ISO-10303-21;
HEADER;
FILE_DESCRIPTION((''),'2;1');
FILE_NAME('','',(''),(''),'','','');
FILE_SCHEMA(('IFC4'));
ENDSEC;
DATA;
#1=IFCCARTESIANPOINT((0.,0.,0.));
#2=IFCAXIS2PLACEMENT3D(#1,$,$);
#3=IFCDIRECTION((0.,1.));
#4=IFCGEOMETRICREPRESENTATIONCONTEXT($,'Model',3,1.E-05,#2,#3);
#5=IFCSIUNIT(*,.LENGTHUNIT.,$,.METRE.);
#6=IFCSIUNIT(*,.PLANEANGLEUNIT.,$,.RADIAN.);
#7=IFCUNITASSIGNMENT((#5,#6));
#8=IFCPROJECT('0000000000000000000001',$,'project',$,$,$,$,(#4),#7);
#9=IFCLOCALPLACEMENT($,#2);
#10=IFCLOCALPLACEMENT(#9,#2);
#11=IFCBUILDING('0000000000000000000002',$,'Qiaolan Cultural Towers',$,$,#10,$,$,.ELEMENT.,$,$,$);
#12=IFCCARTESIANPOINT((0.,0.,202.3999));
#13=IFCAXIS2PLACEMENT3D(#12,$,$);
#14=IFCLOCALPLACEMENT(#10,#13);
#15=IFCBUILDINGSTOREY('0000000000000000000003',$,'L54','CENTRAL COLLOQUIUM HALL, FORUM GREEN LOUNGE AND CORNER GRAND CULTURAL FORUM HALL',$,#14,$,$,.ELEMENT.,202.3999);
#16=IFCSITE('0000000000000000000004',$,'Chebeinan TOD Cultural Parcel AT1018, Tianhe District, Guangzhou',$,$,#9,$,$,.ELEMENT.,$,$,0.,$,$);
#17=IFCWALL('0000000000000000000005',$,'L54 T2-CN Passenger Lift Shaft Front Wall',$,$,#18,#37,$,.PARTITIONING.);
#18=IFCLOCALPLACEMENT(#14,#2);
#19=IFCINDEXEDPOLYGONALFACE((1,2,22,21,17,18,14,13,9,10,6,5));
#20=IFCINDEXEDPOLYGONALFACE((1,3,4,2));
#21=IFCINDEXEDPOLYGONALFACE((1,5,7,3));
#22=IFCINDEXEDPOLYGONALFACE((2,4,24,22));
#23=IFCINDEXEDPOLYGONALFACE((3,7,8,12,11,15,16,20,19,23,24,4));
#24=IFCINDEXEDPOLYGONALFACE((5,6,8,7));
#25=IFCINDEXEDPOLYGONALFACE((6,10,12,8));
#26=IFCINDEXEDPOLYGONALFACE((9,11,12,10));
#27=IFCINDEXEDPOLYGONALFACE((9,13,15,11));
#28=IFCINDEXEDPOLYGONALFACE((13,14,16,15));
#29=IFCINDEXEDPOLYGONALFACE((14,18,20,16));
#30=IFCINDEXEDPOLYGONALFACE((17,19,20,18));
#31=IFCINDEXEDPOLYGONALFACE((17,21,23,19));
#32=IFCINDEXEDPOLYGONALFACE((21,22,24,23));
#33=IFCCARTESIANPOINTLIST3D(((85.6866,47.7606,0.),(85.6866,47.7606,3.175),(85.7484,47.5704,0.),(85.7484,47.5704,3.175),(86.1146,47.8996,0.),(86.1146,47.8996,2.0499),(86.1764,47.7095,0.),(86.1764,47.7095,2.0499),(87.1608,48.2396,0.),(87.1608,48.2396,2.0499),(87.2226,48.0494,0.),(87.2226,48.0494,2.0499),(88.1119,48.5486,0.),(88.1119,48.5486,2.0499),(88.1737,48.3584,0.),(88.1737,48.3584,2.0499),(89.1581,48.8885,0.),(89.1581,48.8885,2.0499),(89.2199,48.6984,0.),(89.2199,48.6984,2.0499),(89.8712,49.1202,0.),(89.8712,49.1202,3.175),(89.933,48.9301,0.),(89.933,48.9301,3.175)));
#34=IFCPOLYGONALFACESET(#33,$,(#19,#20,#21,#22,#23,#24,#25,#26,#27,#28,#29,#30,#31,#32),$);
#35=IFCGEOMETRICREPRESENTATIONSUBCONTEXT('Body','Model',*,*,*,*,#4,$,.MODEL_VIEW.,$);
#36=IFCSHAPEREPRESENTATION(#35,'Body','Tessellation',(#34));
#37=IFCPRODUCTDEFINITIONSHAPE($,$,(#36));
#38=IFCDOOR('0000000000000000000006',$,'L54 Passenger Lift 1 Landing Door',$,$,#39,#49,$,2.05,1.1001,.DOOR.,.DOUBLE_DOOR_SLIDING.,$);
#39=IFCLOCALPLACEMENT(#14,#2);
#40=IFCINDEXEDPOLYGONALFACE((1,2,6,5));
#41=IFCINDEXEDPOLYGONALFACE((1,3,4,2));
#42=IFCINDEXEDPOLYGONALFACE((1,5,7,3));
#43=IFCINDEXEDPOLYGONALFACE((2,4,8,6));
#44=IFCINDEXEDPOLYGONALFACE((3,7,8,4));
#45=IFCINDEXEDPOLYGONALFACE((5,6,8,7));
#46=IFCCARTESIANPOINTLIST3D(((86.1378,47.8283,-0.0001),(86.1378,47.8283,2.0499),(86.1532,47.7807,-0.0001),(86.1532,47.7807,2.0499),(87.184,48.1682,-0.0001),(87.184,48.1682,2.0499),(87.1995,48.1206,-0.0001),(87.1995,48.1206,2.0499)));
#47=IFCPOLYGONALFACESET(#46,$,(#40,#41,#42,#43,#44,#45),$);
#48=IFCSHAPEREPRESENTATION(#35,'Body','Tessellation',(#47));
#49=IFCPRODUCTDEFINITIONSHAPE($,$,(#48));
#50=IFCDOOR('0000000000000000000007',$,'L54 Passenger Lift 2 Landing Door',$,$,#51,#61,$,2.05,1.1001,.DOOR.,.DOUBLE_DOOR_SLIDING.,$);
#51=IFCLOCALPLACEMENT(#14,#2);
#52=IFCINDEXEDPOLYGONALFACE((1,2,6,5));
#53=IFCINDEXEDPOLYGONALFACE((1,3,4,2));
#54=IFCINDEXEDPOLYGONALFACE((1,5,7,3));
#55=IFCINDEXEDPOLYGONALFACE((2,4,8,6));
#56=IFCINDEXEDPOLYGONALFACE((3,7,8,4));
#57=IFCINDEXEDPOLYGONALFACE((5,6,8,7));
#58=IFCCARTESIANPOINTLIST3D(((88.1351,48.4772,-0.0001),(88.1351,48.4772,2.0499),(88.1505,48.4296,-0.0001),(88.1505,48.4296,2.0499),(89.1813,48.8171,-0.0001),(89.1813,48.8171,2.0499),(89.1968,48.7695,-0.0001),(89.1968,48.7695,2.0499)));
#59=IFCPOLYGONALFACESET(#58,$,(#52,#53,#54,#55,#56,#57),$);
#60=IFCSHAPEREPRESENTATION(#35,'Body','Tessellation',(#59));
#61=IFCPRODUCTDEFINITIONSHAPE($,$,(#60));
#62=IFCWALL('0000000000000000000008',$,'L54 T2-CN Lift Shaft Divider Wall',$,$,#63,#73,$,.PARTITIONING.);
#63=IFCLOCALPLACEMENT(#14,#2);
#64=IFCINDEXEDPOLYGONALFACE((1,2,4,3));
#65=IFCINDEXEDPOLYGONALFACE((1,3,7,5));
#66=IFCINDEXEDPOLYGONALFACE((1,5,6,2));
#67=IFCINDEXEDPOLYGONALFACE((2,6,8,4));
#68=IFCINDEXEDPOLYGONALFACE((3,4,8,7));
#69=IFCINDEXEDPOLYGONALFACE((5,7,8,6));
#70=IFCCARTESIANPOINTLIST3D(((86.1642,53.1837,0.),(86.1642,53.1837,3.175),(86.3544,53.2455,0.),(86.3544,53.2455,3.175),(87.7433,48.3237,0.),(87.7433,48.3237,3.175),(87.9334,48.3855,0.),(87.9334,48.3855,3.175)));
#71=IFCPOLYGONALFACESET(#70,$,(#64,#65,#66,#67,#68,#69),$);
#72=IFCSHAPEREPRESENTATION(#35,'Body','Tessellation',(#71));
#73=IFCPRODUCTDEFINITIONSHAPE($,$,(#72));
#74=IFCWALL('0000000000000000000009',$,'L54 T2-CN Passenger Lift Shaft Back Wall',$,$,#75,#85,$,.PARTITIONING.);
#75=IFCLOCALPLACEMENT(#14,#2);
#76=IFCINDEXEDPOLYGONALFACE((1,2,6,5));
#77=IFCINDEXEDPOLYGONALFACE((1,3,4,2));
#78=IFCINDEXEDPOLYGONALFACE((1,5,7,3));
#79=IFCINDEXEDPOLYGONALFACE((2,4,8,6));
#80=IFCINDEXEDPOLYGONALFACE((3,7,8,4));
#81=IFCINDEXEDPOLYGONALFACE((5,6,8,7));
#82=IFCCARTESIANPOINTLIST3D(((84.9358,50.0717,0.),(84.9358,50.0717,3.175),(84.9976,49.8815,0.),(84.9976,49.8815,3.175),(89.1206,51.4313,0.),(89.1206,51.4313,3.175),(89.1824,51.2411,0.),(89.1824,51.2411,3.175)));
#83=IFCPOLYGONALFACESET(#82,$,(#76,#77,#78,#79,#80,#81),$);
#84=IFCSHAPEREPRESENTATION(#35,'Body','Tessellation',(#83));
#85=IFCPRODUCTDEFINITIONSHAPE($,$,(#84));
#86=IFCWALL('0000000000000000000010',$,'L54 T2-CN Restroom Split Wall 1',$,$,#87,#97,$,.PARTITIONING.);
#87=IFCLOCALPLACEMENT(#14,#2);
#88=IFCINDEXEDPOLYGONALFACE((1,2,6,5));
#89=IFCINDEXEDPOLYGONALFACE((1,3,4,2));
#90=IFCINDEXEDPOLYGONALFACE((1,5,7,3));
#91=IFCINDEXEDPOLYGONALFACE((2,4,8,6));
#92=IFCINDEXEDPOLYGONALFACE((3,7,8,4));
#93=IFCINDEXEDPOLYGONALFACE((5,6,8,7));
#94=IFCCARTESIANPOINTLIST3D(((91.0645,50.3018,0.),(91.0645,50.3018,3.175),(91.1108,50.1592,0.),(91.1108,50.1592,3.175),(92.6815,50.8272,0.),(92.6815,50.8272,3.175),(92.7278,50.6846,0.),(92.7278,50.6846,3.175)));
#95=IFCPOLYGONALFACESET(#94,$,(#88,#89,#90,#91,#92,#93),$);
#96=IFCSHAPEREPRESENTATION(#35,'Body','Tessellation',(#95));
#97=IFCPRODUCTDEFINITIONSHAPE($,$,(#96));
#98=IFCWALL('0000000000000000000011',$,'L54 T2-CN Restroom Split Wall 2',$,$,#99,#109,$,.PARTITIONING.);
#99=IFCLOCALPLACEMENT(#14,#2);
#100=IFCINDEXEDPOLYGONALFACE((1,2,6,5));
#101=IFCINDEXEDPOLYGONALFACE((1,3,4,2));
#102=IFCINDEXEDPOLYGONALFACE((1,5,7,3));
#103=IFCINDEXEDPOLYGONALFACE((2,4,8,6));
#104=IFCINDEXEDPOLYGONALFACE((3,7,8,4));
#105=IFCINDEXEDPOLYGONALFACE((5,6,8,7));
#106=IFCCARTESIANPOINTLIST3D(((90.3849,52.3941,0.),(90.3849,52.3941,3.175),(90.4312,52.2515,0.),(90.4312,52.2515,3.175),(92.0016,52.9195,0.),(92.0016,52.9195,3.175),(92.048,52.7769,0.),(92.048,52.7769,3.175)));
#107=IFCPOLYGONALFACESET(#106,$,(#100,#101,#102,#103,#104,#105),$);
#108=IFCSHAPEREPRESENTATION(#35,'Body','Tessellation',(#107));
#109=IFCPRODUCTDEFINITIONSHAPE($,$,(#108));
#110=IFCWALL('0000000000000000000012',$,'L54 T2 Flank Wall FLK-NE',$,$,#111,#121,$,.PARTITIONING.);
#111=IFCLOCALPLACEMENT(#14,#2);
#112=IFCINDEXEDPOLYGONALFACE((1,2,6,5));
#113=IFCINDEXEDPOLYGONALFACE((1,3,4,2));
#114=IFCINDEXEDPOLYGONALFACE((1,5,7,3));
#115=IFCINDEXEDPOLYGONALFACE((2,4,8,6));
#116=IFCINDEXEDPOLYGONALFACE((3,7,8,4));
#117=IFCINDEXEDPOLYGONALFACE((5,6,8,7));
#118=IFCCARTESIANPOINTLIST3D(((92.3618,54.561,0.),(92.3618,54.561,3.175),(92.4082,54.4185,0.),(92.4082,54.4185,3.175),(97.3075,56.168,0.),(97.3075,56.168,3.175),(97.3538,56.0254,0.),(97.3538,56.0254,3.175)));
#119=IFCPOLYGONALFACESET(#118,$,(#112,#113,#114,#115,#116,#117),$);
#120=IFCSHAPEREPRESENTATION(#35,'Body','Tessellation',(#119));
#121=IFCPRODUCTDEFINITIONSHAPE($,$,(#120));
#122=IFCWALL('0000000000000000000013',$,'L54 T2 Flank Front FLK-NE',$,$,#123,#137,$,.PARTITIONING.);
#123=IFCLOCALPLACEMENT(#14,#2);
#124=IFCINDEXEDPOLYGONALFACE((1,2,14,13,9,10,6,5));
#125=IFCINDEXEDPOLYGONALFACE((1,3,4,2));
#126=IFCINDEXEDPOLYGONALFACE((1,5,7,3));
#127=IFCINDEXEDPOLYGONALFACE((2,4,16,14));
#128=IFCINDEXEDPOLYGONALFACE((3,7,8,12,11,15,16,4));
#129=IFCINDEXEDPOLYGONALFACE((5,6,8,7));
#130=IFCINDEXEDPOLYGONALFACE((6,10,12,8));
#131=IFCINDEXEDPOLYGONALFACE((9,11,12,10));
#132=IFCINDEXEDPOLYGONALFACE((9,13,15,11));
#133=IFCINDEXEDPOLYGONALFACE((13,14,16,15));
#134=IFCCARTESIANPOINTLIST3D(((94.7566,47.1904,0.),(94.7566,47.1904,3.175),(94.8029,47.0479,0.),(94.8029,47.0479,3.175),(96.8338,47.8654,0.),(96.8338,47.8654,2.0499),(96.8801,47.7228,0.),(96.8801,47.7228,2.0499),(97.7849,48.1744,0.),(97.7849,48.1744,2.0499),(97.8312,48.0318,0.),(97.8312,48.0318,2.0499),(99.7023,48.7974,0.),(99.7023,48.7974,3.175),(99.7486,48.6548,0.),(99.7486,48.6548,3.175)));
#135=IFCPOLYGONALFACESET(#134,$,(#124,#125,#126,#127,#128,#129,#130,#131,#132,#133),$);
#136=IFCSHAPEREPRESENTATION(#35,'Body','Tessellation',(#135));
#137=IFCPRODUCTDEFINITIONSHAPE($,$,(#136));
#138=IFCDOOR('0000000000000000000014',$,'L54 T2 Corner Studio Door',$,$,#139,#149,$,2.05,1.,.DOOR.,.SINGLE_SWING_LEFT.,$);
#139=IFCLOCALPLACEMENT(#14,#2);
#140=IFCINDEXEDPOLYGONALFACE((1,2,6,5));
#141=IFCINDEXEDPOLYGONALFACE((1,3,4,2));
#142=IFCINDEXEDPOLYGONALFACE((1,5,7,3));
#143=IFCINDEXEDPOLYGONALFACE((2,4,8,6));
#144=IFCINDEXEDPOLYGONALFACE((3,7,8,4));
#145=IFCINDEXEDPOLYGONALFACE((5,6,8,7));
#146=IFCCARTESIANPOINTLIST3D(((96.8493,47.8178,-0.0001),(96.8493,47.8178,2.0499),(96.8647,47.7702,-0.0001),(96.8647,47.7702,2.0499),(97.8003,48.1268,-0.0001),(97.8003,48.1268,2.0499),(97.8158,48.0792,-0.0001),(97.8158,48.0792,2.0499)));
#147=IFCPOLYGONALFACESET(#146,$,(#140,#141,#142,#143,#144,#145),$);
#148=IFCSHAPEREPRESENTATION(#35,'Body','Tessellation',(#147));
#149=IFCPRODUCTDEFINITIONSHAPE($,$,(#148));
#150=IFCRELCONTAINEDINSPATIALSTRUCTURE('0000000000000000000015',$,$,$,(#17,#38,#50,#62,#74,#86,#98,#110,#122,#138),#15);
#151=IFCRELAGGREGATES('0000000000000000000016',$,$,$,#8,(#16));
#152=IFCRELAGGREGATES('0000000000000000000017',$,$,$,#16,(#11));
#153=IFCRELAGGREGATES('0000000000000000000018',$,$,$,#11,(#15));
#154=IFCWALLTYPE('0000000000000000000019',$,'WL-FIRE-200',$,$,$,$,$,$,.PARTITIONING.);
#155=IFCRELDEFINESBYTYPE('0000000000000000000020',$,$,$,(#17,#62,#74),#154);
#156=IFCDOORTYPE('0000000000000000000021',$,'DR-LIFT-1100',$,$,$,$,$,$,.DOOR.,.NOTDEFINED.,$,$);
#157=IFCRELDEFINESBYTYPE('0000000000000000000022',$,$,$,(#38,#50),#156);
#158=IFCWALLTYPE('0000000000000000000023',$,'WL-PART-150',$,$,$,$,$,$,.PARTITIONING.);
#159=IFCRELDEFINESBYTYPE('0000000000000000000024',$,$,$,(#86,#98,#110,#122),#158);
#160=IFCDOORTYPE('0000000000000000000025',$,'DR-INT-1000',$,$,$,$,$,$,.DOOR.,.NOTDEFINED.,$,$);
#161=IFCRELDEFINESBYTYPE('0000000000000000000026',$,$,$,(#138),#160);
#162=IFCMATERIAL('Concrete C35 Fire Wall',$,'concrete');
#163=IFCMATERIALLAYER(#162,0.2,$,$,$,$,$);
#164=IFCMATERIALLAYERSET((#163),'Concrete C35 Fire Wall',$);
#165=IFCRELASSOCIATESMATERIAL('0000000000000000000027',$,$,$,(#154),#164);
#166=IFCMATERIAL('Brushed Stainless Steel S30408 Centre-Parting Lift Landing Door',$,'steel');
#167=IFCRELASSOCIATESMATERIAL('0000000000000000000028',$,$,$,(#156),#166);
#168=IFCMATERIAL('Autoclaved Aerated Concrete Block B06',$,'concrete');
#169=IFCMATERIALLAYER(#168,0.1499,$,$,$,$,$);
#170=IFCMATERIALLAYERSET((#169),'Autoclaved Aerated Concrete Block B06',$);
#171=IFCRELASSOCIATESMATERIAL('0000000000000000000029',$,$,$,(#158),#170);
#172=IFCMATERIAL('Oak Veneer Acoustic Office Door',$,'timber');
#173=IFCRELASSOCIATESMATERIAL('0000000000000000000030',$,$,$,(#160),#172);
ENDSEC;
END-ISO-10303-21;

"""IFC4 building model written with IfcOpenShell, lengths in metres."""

from ifc_helpers import new_model, si_unit, direction, frame, frame_2d, origin, place, context, subcontext, project, spatial, rectangle, extrude, material, layer, layer_set, type_object, element, fill, save


model = new_model("IFC4")

# Units and contexts
model_context = context("Model", 3, precision=1e-05, world=origin(), true_north=direction((0.0, 1.0)))
body_context = subcontext(model_context, "Body", "Model", "MODEL_VIEW")
ifc_project = project(units=[si_unit("LENGTHUNIT", "METRE"), si_unit("PLANEANGLEUNIT", "RADIAN")], contexts=[model_context])

# Site, building, storey
site_placement = place(None, origin())
site = spatial("IfcSite", under=ifc_project, at=site_placement, Name="Chebeinan TOD Cultural Parcel AT1018, Tianhe District, Guangzhou", CompositionType="ELEMENT", RefElevation=0.0)
building_placement = place(site_placement, origin())
building = spatial("IfcBuilding", under=site, at=building_placement, Name="Qiaolan Cultural Towers", CompositionType="ELEMENT")
storey_placement = place(building_placement, frame((0.0, 0.0, 202.3999)))
storey = spatial("IfcBuildingStorey", under=building, at=storey_placement, Name="L54", Description="CENTRAL COLLOQUIUM HALL, FORUM GREEN LOUNGE AND CORNER GRAND CULTURAL FORUM HALL", CompositionType="ELEMENT", Elevation=202.3999)

# Wall, openings, doors
ifc_material_1 = material(Name="Concrete C35 Fire Wall", Category="concrete")
ifc_layer_1 = layer(ifc_material_1, 0.2)
ifc_layer_set_1 = layer_set([ifc_layer_1], Name="Concrete C35 Fire Wall")
wall_type_1 = type_object("IfcWallType", Name="WL-FIRE-200", PredefinedType="PARTITIONING", material=ifc_layer_set_1)
wall_1_placement = place(storey_placement, frame((85.7175, 47.6655, 0.0), z_axis=(0.0, 0.0, 1.0), x_axis=(0.951059, 0.309011, 0.0)))
wall_1 = element("IfcWall", 1, at=wall_1_placement, inside=storey, type_object=wall_type_1, Name="L54 T2-CN Passenger Lift Shaft Front Wall", PredefinedType="PARTITIONING", context=body_context, shape_type="SweptSolid", body=[
    extrude(rectangle(XDim=4.3999, YDim=0.2, at=frame_2d((2.2, 0.0))), origin(), (0.0, 0.0, 1.0), 3.175),
])
opening_1_placement = place(wall_1_placement, frame((0.45, 0.0, 0.0)))
opening_1 = element("IfcOpeningElement", 2, at=opening_1_placement, cuts=wall_1, PredefinedType="OPENING", context=body_context, shape_type="SweptSolid", body=[
    extrude(rectangle(XDim=1.1001, YDim=2.05, at=frame_2d((0.55, 1.0249))), frame((0.0, 0.1099, 0.0), z_axis=(0.0, -1.0, 0.0), x_axis=(1.0, 0.0, 0.0)), (0.0, 0.0, 1.0), 0.22),
])
opening_2_placement = place(wall_1_placement, frame((2.55, 0.0, 0.0)))
opening_2 = element("IfcOpeningElement", 3, at=opening_2_placement, cuts=wall_1, PredefinedType="OPENING", context=body_context, shape_type="SweptSolid", body=[
    extrude(rectangle(XDim=1.1001, YDim=2.05, at=frame_2d((0.55, 1.0249))), frame((0.0, 0.1099, 0.0), z_axis=(0.0, -1.0, 0.0), x_axis=(1.0, 0.0, 0.0)), (0.0, 0.0, 1.0), 0.22),
])
ifc_material_2 = material(Name="Brushed Stainless Steel S30408 Centre-Parting Lift Landing Door", Category="steel")
door_type_1 = type_object("IfcDoorType", Name="DR-LIFT-1100", OperationType="NOTDEFINED", PredefinedType="DOOR", material=ifc_material_2)
door_1_placement = place(opening_1_placement, origin())
door_1 = element("IfcDoor", 4, at=door_1_placement, inside=storey, type_object=door_type_1, Name="L54 Passenger Lift 1 Landing Door", OperationType="DOUBLE_DOOR_SLIDING", OverallHeight=2.05, OverallWidth=1.1001, PredefinedType="DOOR", context=body_context, shape_type="SweptSolid", body=[
    extrude(rectangle(XDim=1.1001, YDim=2.05, at=frame_2d((0.55, 1.0249))), frame((0.0, 0.0249, 0.0), z_axis=(0.0, -1.0, 0.0), x_axis=(1.0, 0.0, 0.0)), (0.0, 0.0, 1.0), 0.05),
])
fill(opening_1, door_1)
door_2_placement = place(opening_2_placement, origin())
door_2 = element("IfcDoor", 5, at=door_2_placement, inside=storey, type_object=door_type_1, Name="L54 Passenger Lift 2 Landing Door", OperationType="DOUBLE_DOOR_SLIDING", OverallHeight=2.05, OverallWidth=1.1001, PredefinedType="DOOR", context=body_context, shape_type="SweptSolid", body=[
    extrude(rectangle(XDim=1.1001, YDim=2.05, at=frame_2d((0.55, 1.0249))), frame((0.0, 0.0249, 0.0), z_axis=(0.0, -1.0, 0.0), x_axis=(1.0, 0.0, 0.0)), (0.0, 0.0, 1.0), 0.05),
])
fill(opening_2, door_2)

# Walls
wall_2_placement = place(storey_placement, frame((87.8384, 48.3545, 0.0), z_axis=(0.0, 0.0, 1.0), x_axis=(-0.309009, 0.951059, 0.0)))
element("IfcWall", 6, at=wall_2_placement, inside=storey, type_object=wall_type_1, Name="L54 T2-CN Lift Shaft Divider Wall", PredefinedType="PARTITIONING", context=body_context, shape_type="SweptSolid", body=[
    extrude(rectangle(XDim=5.1101, YDim=0.2, at=frame_2d((2.5552, 0.0))), origin(), (0.0, 0.0, 1.0), 3.175),
])
wall_3_placement = place(storey_placement, frame((84.9666, 49.9766, 0.0), z_axis=(0.0, 0.0, 1.0), x_axis=(0.951064, 0.308994, 0.0)))
element("IfcWall", 7, at=wall_3_placement, inside=storey, type_object=wall_type_1, Name="L54 T2-CN Passenger Lift Shaft Back Wall", PredefinedType="PARTITIONING", context=body_context, shape_type="SweptSolid", body=[
    extrude(rectangle(XDim=4.4001, YDim=0.2, at=frame_2d((2.2002, 0.0))), origin(), (0.0, 0.0, 1.0), 3.175),
])
ifc_material_3 = material(Name="Autoclaved Aerated Concrete Block B06", Category="concrete")
ifc_layer_2 = layer(ifc_material_3, 0.1499)
ifc_layer_set_2 = layer_set([ifc_layer_2], Name="Autoclaved Aerated Concrete Block B06")
wall_type_2 = type_object("IfcWallType", Name="WL-PART-150", PredefinedType="PARTITIONING", material=ifc_layer_set_2)
wall_4_placement = place(storey_placement, frame((91.0876, 50.2305, 0.0), z_axis=(0.0, 0.0, 1.0), x_axis=(0.951054, 0.309024, 0.0)))
element("IfcWall", 8, at=wall_4_placement, inside=storey, type_object=wall_type_2, Name="L54 T2-CN Restroom Split Wall 1", PredefinedType="PARTITIONING", context=body_context, shape_type="SweptSolid", body=[
    extrude(rectangle(XDim=1.7002, YDim=0.1499, at=frame_2d((0.8501, 0.0))), origin(), (0.0, 0.0, 1.0), 3.175),
])
wall_5_placement = place(storey_placement, frame((90.408, 52.3228, 0.0), z_axis=(0.0, 0.0, 1.0), x_axis=(0.95104, 0.309067, 0.0)))
element("IfcWall", 9, at=wall_5_placement, inside=storey, type_object=wall_type_2, Name="L54 T2-CN Restroom Split Wall 2", PredefinedType="PARTITIONING", context=body_context, shape_type="SweptSolid", body=[
    extrude(rectangle(XDim=1.7, YDim=0.1499, at=frame_2d((0.8501, 0.0))), origin(), (0.0, 0.0, 1.0), 3.175),
])
wall_6_placement = place(storey_placement, frame((92.385, 54.4897, 0.0), z_axis=(0.0, 0.0, 1.0), x_axis=(0.951055, 0.309021, 0.0)))
element("IfcWall", 10, at=wall_6_placement, inside=storey, type_object=wall_type_2, Name="L54 T2 Flank Wall FLK-NE", PredefinedType="PARTITIONING", context=body_context, shape_type="SweptSolid", body=[
    extrude(rectangle(XDim=5.2002, YDim=0.1499, at=frame_2d((2.6001, 0.0))), origin(), (0.0, 0.0, 1.0), 3.175),
])

# Wall, opening, door
wall_7_placement = place(storey_placement, frame((94.7798, 47.1191, 0.0), z_axis=(0.0, 0.0, 1.0), x_axis=(0.951055, 0.309021, 0.0)))
wall_7 = element("IfcWall", 11, at=wall_7_placement, inside=storey, type_object=wall_type_2, Name="L54 T2 Flank Front FLK-NE", PredefinedType="PARTITIONING", context=body_context, shape_type="SweptSolid", body=[
    extrude(rectangle(XDim=5.2002, YDim=0.1499, at=frame_2d((2.6001, 0.0))), origin(), (0.0, 0.0, 1.0), 3.175),
])
opening_3_placement = place(wall_7_placement, frame((2.1841, 0.0, 0.0)))
opening_3 = element("IfcOpeningElement", 12, at=opening_3_placement, cuts=wall_7, PredefinedType="OPENING", context=body_context, shape_type="SweptSolid", body=[
    extrude(rectangle(XDim=1.0, YDim=2.05, at=frame_2d((0.5, 1.0249))), frame((0.0, 0.085, 0.0), z_axis=(0.0, -1.0, 0.0), x_axis=(1.0, 0.0, 0.0)), (0.0, 0.0, 1.0), 0.1699),
])
ifc_material_4 = material(Name="Oak Veneer Acoustic Office Door", Category="timber")
door_type_2 = type_object("IfcDoorType", Name="DR-INT-1000", OperationType="NOTDEFINED", PredefinedType="DOOR", material=ifc_material_4)
door_3_placement = place(opening_3_placement, origin())
door_3 = element("IfcDoor", 13, at=door_3_placement, inside=storey, type_object=door_type_2, Name="L54 T2 Corner Studio Door", OperationType="SINGLE_SWING_LEFT", OverallHeight=2.05, OverallWidth=1.0, PredefinedType="DOOR", context=body_context, shape_type="SweptSolid", body=[
    extrude(rectangle(XDim=1.0, YDim=2.05, at=frame_2d((0.5, 1.0249))), frame((0.0, 0.0249, 0.0), z_axis=(0.0, -1.0, 0.0), x_axis=(1.0, 0.0, 0.0)), (0.0, 0.0, 1.0), 0.05),
])
fill(opening_3, door_3)

save(model, "model.ifc")
